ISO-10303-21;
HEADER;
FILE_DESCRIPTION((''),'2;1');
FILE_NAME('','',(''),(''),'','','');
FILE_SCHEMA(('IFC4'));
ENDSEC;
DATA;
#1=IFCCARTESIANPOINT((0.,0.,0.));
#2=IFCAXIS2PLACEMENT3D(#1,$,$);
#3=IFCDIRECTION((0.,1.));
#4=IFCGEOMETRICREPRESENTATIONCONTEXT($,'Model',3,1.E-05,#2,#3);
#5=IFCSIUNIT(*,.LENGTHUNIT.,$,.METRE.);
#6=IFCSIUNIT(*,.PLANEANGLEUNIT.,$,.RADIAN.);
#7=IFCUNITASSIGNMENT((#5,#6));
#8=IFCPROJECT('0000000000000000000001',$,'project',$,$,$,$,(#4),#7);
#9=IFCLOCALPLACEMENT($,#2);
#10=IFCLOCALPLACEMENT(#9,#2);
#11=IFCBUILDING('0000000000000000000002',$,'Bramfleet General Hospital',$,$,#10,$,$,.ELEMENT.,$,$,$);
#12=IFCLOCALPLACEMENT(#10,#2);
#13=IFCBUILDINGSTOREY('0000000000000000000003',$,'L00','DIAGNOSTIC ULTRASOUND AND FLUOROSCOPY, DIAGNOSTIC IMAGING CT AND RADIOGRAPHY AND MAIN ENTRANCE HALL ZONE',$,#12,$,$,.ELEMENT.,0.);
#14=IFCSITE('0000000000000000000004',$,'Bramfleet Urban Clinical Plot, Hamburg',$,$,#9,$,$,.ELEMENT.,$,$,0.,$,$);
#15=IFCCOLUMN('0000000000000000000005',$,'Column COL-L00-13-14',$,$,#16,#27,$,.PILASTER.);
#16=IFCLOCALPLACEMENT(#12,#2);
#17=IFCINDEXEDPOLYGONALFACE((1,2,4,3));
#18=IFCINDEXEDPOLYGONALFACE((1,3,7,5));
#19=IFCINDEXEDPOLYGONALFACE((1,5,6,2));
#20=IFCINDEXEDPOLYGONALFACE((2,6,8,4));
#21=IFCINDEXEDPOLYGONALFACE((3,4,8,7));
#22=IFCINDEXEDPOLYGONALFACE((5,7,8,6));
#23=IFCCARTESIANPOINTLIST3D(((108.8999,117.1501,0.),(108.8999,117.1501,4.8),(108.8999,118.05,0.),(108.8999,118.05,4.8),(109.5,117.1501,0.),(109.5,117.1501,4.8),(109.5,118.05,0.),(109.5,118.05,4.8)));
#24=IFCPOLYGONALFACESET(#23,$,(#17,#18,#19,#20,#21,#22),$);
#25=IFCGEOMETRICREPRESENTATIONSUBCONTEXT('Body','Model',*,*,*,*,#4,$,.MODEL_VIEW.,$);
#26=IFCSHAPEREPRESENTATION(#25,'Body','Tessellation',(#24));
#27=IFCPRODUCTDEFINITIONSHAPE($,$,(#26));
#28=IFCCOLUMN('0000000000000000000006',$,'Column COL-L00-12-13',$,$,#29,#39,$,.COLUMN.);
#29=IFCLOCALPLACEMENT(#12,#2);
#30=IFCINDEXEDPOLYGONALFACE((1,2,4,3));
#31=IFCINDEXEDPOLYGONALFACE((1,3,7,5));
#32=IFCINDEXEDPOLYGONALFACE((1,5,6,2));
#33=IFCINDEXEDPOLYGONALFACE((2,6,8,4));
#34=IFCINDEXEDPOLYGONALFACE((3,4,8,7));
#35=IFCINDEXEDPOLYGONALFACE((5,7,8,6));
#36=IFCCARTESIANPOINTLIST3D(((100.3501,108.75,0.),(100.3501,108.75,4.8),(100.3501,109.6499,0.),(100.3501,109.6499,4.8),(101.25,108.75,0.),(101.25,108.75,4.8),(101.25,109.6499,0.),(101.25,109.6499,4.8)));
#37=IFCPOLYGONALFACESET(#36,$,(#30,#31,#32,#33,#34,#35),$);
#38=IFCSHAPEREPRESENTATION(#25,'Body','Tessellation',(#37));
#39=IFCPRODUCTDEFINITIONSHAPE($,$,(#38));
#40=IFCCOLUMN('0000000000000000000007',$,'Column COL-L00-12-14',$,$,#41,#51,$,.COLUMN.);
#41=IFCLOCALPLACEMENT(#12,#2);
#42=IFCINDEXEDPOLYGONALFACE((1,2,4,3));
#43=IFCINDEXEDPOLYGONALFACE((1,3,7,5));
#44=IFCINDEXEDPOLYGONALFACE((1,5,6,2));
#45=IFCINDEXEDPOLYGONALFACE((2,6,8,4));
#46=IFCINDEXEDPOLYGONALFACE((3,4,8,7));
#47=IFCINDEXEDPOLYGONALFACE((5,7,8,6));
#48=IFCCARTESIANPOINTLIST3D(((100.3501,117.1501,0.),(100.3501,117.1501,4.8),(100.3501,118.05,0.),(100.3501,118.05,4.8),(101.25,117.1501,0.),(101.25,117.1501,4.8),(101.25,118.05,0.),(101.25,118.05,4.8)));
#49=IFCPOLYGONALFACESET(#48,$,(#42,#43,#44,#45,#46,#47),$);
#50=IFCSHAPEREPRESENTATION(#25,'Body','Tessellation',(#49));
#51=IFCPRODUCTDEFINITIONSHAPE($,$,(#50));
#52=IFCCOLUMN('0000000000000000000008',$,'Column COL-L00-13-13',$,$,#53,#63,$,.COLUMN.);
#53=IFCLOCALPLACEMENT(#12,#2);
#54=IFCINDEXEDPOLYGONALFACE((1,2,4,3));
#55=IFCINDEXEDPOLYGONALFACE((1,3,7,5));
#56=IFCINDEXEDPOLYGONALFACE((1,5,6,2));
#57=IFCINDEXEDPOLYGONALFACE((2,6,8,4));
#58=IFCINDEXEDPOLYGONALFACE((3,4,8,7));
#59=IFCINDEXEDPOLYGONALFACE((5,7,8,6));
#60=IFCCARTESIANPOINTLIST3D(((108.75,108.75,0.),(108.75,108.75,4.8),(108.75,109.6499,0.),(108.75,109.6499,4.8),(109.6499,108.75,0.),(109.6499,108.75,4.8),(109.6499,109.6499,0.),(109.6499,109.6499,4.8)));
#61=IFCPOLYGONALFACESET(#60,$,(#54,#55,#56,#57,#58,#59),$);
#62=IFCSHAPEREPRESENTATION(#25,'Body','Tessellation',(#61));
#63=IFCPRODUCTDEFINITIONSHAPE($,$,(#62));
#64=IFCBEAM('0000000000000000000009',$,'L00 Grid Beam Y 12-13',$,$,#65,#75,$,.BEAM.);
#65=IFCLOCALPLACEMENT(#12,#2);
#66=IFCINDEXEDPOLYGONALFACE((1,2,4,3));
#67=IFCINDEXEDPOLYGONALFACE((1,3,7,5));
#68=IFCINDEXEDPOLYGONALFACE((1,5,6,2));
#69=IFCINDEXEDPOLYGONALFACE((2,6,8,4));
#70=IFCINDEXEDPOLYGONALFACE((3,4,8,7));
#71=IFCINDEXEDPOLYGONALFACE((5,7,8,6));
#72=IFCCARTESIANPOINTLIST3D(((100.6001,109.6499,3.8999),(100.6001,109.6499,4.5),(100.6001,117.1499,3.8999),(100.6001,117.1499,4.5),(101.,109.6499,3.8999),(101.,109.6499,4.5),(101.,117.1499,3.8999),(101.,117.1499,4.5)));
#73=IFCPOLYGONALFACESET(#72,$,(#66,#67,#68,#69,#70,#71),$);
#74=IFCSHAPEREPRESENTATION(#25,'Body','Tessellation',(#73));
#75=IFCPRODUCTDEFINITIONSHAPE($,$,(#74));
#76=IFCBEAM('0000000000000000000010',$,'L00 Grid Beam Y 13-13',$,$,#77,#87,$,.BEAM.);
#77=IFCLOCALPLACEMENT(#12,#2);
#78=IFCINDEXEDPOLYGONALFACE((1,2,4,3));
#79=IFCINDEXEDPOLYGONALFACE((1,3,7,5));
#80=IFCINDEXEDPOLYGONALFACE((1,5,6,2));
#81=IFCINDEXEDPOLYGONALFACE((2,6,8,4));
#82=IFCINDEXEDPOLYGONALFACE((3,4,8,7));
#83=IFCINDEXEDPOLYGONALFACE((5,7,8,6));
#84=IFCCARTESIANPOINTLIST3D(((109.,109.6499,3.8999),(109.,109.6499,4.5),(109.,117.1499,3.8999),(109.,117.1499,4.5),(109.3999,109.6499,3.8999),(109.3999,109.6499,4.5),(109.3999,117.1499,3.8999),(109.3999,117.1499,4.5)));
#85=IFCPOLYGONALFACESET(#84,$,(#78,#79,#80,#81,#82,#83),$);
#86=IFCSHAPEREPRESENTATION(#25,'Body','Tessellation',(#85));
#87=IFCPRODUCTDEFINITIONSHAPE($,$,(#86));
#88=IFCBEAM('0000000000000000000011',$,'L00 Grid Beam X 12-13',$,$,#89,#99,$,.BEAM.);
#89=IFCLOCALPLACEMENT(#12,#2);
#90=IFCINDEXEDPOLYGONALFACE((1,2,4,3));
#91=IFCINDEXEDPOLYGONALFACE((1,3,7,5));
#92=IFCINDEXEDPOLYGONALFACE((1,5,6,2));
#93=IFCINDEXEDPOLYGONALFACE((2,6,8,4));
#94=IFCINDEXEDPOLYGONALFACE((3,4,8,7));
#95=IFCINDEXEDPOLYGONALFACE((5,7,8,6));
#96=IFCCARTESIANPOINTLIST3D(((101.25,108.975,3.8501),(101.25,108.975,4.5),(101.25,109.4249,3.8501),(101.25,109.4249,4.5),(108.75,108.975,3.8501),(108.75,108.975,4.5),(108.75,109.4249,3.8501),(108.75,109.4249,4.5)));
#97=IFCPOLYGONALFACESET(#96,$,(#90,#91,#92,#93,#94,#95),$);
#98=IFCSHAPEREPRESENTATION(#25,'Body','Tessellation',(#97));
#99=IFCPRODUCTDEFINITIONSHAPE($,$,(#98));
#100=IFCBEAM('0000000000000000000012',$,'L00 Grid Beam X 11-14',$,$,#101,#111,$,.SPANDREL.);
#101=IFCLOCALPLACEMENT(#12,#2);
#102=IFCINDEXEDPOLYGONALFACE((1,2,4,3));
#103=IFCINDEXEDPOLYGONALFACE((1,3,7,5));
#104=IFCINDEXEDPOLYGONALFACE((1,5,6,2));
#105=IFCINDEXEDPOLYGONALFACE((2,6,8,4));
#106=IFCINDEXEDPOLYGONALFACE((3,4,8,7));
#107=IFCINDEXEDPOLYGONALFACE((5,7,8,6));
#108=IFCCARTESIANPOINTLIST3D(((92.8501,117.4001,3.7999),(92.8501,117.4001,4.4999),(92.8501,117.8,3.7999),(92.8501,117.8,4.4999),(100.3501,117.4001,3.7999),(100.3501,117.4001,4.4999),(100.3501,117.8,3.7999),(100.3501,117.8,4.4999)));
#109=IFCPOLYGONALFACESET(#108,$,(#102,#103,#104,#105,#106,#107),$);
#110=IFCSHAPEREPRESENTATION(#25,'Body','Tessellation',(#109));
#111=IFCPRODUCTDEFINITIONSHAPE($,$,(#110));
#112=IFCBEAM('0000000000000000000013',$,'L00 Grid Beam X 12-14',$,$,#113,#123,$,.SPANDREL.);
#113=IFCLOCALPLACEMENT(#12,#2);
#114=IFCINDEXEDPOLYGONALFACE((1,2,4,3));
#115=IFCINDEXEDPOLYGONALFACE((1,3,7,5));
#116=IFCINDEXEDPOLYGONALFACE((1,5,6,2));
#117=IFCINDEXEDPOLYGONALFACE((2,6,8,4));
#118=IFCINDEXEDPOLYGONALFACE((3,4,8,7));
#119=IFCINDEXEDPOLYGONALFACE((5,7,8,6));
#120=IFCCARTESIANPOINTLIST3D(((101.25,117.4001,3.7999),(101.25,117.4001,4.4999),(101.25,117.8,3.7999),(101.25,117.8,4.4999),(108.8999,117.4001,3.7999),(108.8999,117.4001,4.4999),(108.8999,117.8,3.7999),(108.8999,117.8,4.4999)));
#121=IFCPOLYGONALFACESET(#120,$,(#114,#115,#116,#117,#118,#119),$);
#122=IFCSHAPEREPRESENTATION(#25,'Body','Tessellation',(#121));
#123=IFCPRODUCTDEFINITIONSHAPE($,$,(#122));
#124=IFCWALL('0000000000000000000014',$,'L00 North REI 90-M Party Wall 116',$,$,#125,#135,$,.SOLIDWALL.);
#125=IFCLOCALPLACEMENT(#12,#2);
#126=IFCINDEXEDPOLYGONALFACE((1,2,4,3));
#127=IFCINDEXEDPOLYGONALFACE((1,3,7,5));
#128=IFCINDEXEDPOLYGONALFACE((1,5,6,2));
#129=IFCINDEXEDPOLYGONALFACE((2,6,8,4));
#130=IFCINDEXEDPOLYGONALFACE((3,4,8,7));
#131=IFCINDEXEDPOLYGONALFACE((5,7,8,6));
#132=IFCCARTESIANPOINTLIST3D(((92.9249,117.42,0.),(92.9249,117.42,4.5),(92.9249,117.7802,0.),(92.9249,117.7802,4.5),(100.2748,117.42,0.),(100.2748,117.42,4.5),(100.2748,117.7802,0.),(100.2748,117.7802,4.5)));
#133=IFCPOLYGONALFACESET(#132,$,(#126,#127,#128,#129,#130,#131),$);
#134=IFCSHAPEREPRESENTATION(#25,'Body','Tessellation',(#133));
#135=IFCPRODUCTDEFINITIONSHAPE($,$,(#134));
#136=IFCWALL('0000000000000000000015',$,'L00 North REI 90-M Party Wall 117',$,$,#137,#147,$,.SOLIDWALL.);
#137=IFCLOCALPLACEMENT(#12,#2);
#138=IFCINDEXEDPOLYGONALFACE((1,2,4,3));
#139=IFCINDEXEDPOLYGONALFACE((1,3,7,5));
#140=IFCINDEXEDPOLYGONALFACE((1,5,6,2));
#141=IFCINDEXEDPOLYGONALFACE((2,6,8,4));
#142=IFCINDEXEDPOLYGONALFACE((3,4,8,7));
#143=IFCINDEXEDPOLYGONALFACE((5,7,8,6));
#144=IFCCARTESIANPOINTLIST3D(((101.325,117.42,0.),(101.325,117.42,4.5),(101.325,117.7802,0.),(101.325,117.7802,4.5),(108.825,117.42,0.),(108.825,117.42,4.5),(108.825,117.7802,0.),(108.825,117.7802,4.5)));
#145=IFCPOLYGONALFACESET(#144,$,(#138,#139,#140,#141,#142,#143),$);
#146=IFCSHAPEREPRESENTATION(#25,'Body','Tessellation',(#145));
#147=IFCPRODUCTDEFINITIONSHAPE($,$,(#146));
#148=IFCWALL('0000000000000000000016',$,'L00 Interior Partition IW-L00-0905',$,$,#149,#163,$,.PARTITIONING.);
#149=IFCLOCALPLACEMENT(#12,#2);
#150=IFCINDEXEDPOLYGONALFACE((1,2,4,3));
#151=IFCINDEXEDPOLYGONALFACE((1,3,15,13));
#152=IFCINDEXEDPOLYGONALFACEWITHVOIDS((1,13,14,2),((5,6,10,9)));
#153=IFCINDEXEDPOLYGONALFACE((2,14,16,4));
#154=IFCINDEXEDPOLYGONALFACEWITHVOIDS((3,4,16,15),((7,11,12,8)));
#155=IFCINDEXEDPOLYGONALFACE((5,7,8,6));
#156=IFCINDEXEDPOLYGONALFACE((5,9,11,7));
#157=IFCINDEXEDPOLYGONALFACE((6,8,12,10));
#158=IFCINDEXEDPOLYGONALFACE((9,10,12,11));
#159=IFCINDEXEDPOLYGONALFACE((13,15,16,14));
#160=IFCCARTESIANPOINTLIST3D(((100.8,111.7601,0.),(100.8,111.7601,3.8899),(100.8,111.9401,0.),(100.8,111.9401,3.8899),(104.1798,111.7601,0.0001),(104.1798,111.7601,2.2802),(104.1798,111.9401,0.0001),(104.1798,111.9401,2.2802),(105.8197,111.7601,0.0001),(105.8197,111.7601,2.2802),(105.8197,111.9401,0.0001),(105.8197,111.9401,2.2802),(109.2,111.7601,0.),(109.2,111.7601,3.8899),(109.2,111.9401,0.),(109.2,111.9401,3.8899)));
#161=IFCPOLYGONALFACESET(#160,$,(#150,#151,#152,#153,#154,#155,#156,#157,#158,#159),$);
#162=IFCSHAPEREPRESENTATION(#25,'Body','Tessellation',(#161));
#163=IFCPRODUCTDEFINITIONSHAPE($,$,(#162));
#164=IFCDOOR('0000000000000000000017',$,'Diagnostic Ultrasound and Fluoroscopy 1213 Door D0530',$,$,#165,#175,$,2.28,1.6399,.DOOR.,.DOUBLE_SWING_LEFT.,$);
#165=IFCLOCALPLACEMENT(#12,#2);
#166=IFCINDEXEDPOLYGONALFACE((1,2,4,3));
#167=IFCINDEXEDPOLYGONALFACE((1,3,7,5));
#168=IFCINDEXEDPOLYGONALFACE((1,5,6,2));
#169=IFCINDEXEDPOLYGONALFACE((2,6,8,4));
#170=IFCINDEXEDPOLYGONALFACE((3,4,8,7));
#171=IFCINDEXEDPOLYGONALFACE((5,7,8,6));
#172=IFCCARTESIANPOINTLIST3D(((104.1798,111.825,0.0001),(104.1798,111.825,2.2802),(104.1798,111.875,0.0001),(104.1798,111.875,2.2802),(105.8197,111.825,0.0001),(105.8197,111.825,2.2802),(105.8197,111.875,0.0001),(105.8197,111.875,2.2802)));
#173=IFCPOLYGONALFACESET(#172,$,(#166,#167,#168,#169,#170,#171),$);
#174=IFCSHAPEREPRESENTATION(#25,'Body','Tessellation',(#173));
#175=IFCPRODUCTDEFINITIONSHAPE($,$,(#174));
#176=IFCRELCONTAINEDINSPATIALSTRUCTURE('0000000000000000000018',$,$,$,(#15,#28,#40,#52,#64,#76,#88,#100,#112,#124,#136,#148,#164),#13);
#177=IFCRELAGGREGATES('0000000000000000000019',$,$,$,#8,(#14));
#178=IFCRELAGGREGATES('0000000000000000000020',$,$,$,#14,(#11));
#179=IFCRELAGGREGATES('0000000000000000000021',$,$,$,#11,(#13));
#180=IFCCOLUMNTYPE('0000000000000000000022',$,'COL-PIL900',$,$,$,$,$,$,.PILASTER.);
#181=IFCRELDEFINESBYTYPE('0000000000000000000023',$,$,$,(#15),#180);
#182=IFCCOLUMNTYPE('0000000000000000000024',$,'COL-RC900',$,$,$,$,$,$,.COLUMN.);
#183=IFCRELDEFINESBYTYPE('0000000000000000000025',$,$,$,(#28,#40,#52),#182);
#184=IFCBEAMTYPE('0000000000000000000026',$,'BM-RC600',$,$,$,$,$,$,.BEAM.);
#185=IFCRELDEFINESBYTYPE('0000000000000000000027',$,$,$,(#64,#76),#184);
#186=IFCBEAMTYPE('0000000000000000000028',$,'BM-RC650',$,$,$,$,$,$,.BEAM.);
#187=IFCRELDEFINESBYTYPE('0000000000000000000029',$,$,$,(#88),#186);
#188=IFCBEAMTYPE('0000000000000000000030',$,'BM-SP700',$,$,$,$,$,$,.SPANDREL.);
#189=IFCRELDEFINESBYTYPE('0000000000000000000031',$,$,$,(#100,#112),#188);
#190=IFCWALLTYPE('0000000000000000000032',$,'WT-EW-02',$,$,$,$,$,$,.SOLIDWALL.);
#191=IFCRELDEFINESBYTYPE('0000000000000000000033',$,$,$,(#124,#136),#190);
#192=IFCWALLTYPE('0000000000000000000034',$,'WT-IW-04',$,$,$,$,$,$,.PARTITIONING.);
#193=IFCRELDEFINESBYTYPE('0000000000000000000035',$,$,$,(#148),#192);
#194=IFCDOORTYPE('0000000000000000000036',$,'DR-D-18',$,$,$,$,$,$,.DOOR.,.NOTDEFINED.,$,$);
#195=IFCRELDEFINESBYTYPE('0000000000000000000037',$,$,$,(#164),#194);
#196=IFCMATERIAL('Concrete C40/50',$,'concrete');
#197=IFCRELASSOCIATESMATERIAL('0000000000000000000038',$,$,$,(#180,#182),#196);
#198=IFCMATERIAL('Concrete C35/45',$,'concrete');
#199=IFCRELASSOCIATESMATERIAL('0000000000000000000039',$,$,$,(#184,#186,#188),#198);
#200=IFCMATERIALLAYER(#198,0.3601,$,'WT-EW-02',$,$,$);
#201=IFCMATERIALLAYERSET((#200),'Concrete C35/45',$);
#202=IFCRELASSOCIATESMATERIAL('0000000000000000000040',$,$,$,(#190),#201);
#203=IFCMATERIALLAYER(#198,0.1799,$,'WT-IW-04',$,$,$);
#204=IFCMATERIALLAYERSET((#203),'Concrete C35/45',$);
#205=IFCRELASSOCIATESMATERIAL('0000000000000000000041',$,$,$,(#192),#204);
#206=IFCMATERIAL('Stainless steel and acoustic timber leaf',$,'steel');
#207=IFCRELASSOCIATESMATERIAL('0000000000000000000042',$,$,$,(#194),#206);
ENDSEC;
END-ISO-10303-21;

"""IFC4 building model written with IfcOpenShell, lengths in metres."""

from ifc_helpers import new_model, si_unit, direction, frame, frame_2d, origin, origin_2d, place, context, subcontext, project, spatial, rectangle, extrude, material, layer, layer_set, material_profile, profile_set, type_object, element, fill, save


model = new_model("IFC4")

# Units and contexts
model_context = context("Model", 3, precision=1e-05, world=origin(), true_north=direction((0.0, 1.0)))
body_context = subcontext(model_context, "Body", "Model", "MODEL_VIEW")
ifc_project = project(units=[si_unit("LENGTHUNIT", "METRE"), si_unit("PLANEANGLEUNIT", "RADIAN")], contexts=[model_context])

# Site, building, storey
site_placement = place(None, origin())
site = spatial("IfcSite", under=ifc_project, at=site_placement, Name="Bramfleet Urban Clinical Plot, Hamburg", CompositionType="ELEMENT", RefElevation=0.0)
building_placement = place(site_placement, origin())
building = spatial("IfcBuilding", under=site, at=building_placement, Name="Bramfleet General Hospital", CompositionType="ELEMENT")
storey_placement = place(building_placement, origin())
storey = spatial("IfcBuildingStorey", under=building, at=storey_placement, Name="L00", Description="DIAGNOSTIC ULTRASOUND AND FLUOROSCOPY, DIAGNOSTIC IMAGING CT AND RADIOGRAPHY AND MAIN ENTRANCE HALL ZONE", CompositionType="ELEMENT", Elevation=0.0)

# Columns
ifc_material_1 = material(Name="Concrete C40/50", Category="concrete")
ifc_material_profile_1 = material_profile(ifc_material_1, rectangle(XDim=0.6001, YDim=0.8999, at=origin_2d()), Name="RC PIL 900x600")
ifc_profile_set_1 = profile_set([ifc_material_profile_1], Name="Concrete C40/50")
column_type_1 = type_object("IfcColumnType", Name="COL-PIL900", PredefinedType="PILASTER", material=ifc_profile_set_1)
column_placement = place(storey_placement, frame((109.2, 117.6001, 0.0), z_axis=(0.0, 0.0, 1.0), x_axis=(1.0, 0.0, 0.0)))
element("IfcColumn", 1, at=column_placement, inside=storey, type_object=column_type_1, Name="Column COL-L00-13-14", PredefinedType="PILASTER", context=body_context, shape_type="SweptSolid", body=[
    extrude(rectangle(XDim=0.6001, YDim=0.8999, at=origin_2d()), origin(), (0.0, 0.0, 1.0), 4.8),
])
ifc_material_profile_2 = material_profile(ifc_material_1, rectangle(XDim=0.8999, YDim=0.8999, at=origin_2d()), Name="RC COL 900x900")
ifc_profile_set_2 = profile_set([ifc_material_profile_2], Name="Concrete C40/50")
column_type_2 = type_object("IfcColumnType", Name="COL-RC900", PredefinedType="COLUMN", material=ifc_profile_set_2)
for number, where, z_axis, x_axis, name in (
    (2, (100.8, 109.2, 0.0), (0.0, 0.0, 1.0), (1.0, 0.0, 0.0), "Column COL-L00-12-13"),
    (3, (100.8, 117.6001, 0.0), (0.0, 0.0, 1.0), (1.0, 0.0, 0.0), "Column COL-L00-12-14"),
    (4, (109.2, 109.2, 0.0), (0.0, 0.0, 1.0), (1.0, 0.0, 0.0), "Column COL-L00-13-13"),
):
    element("IfcColumn", number, at=place(storey_placement, frame(where, z_axis=z_axis, x_axis=x_axis)), inside=storey, type_object=column_type_2, Name=name, PredefinedType="COLUMN", context=body_context, shape_type="SweptSolid", body=[
        extrude(rectangle(XDim=0.8999, YDim=0.8999, at=origin_2d()), origin(), (0.0, 0.0, 1.0), 4.8),
    ])

# Beams
ifc_material_2 = material(Name="Concrete C35/45", Category="concrete")
ifc_material_profile_3 = material_profile(ifc_material_2, rectangle(XDim=0.3999, YDim=0.6001, at=origin_2d()), Name="RC BM 600x400")
ifc_profile_set_3 = profile_set([ifc_material_profile_3], Name="Concrete C35/45")
beam_type_1 = type_object("IfcBeamType", Name="BM-RC600", PredefinedType="BEAM", material=ifc_profile_set_3)
for number, where, z_axis, x_axis, name in (
    (5, (100.8, 109.6499, 4.2), (0.0, 1.0, 0.0), (-1.0, 0.0, 0.0), "L00 Grid Beam Y 12-13"),
    (6, (109.2, 109.6499, 4.2), (0.0, 1.0, 0.0), (-1.0, 0.0, 0.0), "L00 Grid Beam Y 13-13"),
):
    element("IfcBeam", number, at=place(storey_placement, frame(where, z_axis=z_axis, x_axis=x_axis)), inside=storey, type_object=beam_type_1, Name=name, PredefinedType="BEAM", context=body_context, shape_type="SweptSolid", body=[
        extrude(rectangle(XDim=0.3999, YDim=0.6001, at=origin_2d()), origin(), (0.0, 0.0, 1.0), 7.5),
    ])
ifc_material_profile_4 = material_profile(ifc_material_2, rectangle(XDim=0.45, YDim=0.6499, at=origin_2d()), Name="RC BM 650x450")
ifc_profile_set_4 = profile_set([ifc_material_profile_4], Name="Concrete C35/45")
beam_type_2 = type_object("IfcBeamType", Name="BM-RC650", PredefinedType="BEAM", material=ifc_profile_set_4)
beam_1_placement = place(storey_placement, frame((101.25, 109.2, 4.175), z_axis=(1.0, 0.0, 0.0), x_axis=(0.0, 1.0, 0.0)))
element("IfcBeam", 7, at=beam_1_placement, inside=storey, type_object=beam_type_2, Name="L00 Grid Beam X 12-13", PredefinedType="BEAM", context=body_context, shape_type="SweptSolid", body=[
    extrude(rectangle(XDim=0.45, YDim=0.6499, at=origin_2d()), origin(), (0.0, 0.0, 1.0), 7.5),
])
ifc_material_profile_5 = material_profile(ifc_material_2, rectangle(XDim=0.3999, YDim=0.7, at=origin_2d()), Name="RC SP 700x400")
ifc_profile_set_5 = profile_set([ifc_material_profile_5], Name="Concrete C35/45")
beam_type_3 = type_object("IfcBeamType", Name="BM-SP700", PredefinedType="SPANDREL", material=ifc_profile_set_5)
beam_2_placement = place(storey_placement, frame((92.8501, 117.6001, 4.1499), z_axis=(1.0, 0.0, 0.0), x_axis=(0.0, 1.0, 0.0)))
element("IfcBeam", 8, at=beam_2_placement, inside=storey, type_object=beam_type_3, Name="L00 Grid Beam X 11-14", PredefinedType="SPANDREL", context=body_context, shape_type="SweptSolid", body=[
    extrude(rectangle(XDim=0.3999, YDim=0.7, at=origin_2d()), origin(), (0.0, 0.0, 1.0), 7.5),
])
beam_3_placement = place(storey_placement, frame((101.25, 117.6001, 4.1499), z_axis=(1.0, 0.0, 0.0), x_axis=(0.0, 1.0, 0.0)))
element("IfcBeam", 9, at=beam_3_placement, inside=storey, type_object=beam_type_3, Name="L00 Grid Beam X 12-14", PredefinedType="SPANDREL", context=body_context, shape_type="SweptSolid", body=[
    extrude(rectangle(XDim=0.3999, YDim=0.7, at=origin_2d()), origin(), (0.0, 0.0, 1.0), 7.6499),
])

# Walls
ifc_layer_1 = layer(ifc_material_2, 0.3601, Name="WT-EW-02")
ifc_layer_set_1 = layer_set([ifc_layer_1], Name="Concrete C35/45")
wall_type_1 = type_object("IfcWallType", Name="WT-EW-02", PredefinedType="SOLIDWALL", material=ifc_layer_set_1)
wall_1_placement = place(storey_placement, frame((92.925, 117.6001, 0.0), z_axis=(0.0, 0.0, 1.0), x_axis=(1.0, 0.0, 0.0)))
element("IfcWall", 10, at=wall_1_placement, inside=storey, type_object=wall_type_1, Name="L00 North REI 90-M Party Wall 116", PredefinedType="SOLIDWALL", context=body_context, shape_type="SweptSolid", body=[
    extrude(rectangle(XDim=7.3499, YDim=0.3601, at=frame_2d((3.6748, 0.0))), origin(), (0.0, 0.0, 1.0), 4.5),
])
wall_2_placement = place(storey_placement, frame((101.325, 117.6001, 0.0), z_axis=(0.0, 0.0, 1.0), x_axis=(1.0, 0.0, 0.0)))
element("IfcWall", 11, at=wall_2_placement, inside=storey, type_object=wall_type_1, Name="L00 North REI 90-M Party Wall 117", PredefinedType="SOLIDWALL", context=body_context, shape_type="SweptSolid", body=[
    extrude(rectangle(XDim=7.5, YDim=0.3601, at=frame_2d((3.75, 0.0))), origin(), (0.0, 0.0, 1.0), 4.5),
])

# Wall, opening, door
ifc_layer_2 = layer(ifc_material_2, 0.1799, Name="WT-IW-04")
ifc_layer_set_2 = layer_set([ifc_layer_2], Name="Concrete C35/45")
wall_type_2 = type_object("IfcWallType", Name="WT-IW-04", PredefinedType="PARTITIONING", material=ifc_layer_set_2)
wall_3_placement = place(storey_placement, frame((100.8, 111.8501, 0.0), z_axis=(0.0, 0.0, 1.0), x_axis=(1.0, 0.0, 0.0)))
wall_3 = element("IfcWall", 12, at=wall_3_placement, inside=storey, type_object=wall_type_2, Name="L00 Interior Partition IW-L00-0905", PredefinedType="PARTITIONING", context=body_context, shape_type="SweptSolid", body=[
    extrude(rectangle(XDim=8.3999, YDim=0.1799, at=frame_2d((4.2, 0.0))), origin(), (0.0, 0.0, 1.0), 3.8899),
])
opening_placement = place(wall_3_placement, frame((3.3799, 0.0, 0.0)))
opening = element("IfcOpeningElement", 13, at=opening_placement, cuts=wall_3, PredefinedType="OPENING", context=body_context, shape_type="SweptSolid", body=[
    extrude(rectangle(XDim=1.6399, YDim=2.28, at=frame_2d((0.8198, 1.1401))), frame((0.0, 0.0999, 0.0), z_axis=(0.0, -1.0, 0.0), x_axis=(1.0, 0.0, 0.0)), (0.0, 0.0, 1.0), 0.2),
])
ifc_material_3 = material(Name="Stainless steel and acoustic timber leaf", Category="steel")
door_type = type_object("IfcDoorType", Name="DR-D-18", OperationType="NOTDEFINED", PredefinedType="DOOR", material=ifc_material_3)
door_placement = place(opening_placement, origin())
door = element("IfcDoor", 14, at=door_placement, inside=storey, type_object=door_type, Name="Diagnostic Ultrasound and Fluoroscopy 1213 Door D0530", OperationType="DOUBLE_SWING_LEFT", OverallHeight=2.28, OverallWidth=1.6399, PredefinedType="DOOR", context=body_context, shape_type="SweptSolid", body=[
    extrude(rectangle(XDim=1.6399, YDim=2.28, at=frame_2d((0.8198, 1.1401))), frame((0.0, 0.0249, 0.0), z_axis=(0.0, -1.0, 0.0), x_axis=(1.0, 0.0, 0.0)), (0.0, 0.0, 1.0), 0.05),
])
fill(opening, door)

save(model, "model.ifc")
